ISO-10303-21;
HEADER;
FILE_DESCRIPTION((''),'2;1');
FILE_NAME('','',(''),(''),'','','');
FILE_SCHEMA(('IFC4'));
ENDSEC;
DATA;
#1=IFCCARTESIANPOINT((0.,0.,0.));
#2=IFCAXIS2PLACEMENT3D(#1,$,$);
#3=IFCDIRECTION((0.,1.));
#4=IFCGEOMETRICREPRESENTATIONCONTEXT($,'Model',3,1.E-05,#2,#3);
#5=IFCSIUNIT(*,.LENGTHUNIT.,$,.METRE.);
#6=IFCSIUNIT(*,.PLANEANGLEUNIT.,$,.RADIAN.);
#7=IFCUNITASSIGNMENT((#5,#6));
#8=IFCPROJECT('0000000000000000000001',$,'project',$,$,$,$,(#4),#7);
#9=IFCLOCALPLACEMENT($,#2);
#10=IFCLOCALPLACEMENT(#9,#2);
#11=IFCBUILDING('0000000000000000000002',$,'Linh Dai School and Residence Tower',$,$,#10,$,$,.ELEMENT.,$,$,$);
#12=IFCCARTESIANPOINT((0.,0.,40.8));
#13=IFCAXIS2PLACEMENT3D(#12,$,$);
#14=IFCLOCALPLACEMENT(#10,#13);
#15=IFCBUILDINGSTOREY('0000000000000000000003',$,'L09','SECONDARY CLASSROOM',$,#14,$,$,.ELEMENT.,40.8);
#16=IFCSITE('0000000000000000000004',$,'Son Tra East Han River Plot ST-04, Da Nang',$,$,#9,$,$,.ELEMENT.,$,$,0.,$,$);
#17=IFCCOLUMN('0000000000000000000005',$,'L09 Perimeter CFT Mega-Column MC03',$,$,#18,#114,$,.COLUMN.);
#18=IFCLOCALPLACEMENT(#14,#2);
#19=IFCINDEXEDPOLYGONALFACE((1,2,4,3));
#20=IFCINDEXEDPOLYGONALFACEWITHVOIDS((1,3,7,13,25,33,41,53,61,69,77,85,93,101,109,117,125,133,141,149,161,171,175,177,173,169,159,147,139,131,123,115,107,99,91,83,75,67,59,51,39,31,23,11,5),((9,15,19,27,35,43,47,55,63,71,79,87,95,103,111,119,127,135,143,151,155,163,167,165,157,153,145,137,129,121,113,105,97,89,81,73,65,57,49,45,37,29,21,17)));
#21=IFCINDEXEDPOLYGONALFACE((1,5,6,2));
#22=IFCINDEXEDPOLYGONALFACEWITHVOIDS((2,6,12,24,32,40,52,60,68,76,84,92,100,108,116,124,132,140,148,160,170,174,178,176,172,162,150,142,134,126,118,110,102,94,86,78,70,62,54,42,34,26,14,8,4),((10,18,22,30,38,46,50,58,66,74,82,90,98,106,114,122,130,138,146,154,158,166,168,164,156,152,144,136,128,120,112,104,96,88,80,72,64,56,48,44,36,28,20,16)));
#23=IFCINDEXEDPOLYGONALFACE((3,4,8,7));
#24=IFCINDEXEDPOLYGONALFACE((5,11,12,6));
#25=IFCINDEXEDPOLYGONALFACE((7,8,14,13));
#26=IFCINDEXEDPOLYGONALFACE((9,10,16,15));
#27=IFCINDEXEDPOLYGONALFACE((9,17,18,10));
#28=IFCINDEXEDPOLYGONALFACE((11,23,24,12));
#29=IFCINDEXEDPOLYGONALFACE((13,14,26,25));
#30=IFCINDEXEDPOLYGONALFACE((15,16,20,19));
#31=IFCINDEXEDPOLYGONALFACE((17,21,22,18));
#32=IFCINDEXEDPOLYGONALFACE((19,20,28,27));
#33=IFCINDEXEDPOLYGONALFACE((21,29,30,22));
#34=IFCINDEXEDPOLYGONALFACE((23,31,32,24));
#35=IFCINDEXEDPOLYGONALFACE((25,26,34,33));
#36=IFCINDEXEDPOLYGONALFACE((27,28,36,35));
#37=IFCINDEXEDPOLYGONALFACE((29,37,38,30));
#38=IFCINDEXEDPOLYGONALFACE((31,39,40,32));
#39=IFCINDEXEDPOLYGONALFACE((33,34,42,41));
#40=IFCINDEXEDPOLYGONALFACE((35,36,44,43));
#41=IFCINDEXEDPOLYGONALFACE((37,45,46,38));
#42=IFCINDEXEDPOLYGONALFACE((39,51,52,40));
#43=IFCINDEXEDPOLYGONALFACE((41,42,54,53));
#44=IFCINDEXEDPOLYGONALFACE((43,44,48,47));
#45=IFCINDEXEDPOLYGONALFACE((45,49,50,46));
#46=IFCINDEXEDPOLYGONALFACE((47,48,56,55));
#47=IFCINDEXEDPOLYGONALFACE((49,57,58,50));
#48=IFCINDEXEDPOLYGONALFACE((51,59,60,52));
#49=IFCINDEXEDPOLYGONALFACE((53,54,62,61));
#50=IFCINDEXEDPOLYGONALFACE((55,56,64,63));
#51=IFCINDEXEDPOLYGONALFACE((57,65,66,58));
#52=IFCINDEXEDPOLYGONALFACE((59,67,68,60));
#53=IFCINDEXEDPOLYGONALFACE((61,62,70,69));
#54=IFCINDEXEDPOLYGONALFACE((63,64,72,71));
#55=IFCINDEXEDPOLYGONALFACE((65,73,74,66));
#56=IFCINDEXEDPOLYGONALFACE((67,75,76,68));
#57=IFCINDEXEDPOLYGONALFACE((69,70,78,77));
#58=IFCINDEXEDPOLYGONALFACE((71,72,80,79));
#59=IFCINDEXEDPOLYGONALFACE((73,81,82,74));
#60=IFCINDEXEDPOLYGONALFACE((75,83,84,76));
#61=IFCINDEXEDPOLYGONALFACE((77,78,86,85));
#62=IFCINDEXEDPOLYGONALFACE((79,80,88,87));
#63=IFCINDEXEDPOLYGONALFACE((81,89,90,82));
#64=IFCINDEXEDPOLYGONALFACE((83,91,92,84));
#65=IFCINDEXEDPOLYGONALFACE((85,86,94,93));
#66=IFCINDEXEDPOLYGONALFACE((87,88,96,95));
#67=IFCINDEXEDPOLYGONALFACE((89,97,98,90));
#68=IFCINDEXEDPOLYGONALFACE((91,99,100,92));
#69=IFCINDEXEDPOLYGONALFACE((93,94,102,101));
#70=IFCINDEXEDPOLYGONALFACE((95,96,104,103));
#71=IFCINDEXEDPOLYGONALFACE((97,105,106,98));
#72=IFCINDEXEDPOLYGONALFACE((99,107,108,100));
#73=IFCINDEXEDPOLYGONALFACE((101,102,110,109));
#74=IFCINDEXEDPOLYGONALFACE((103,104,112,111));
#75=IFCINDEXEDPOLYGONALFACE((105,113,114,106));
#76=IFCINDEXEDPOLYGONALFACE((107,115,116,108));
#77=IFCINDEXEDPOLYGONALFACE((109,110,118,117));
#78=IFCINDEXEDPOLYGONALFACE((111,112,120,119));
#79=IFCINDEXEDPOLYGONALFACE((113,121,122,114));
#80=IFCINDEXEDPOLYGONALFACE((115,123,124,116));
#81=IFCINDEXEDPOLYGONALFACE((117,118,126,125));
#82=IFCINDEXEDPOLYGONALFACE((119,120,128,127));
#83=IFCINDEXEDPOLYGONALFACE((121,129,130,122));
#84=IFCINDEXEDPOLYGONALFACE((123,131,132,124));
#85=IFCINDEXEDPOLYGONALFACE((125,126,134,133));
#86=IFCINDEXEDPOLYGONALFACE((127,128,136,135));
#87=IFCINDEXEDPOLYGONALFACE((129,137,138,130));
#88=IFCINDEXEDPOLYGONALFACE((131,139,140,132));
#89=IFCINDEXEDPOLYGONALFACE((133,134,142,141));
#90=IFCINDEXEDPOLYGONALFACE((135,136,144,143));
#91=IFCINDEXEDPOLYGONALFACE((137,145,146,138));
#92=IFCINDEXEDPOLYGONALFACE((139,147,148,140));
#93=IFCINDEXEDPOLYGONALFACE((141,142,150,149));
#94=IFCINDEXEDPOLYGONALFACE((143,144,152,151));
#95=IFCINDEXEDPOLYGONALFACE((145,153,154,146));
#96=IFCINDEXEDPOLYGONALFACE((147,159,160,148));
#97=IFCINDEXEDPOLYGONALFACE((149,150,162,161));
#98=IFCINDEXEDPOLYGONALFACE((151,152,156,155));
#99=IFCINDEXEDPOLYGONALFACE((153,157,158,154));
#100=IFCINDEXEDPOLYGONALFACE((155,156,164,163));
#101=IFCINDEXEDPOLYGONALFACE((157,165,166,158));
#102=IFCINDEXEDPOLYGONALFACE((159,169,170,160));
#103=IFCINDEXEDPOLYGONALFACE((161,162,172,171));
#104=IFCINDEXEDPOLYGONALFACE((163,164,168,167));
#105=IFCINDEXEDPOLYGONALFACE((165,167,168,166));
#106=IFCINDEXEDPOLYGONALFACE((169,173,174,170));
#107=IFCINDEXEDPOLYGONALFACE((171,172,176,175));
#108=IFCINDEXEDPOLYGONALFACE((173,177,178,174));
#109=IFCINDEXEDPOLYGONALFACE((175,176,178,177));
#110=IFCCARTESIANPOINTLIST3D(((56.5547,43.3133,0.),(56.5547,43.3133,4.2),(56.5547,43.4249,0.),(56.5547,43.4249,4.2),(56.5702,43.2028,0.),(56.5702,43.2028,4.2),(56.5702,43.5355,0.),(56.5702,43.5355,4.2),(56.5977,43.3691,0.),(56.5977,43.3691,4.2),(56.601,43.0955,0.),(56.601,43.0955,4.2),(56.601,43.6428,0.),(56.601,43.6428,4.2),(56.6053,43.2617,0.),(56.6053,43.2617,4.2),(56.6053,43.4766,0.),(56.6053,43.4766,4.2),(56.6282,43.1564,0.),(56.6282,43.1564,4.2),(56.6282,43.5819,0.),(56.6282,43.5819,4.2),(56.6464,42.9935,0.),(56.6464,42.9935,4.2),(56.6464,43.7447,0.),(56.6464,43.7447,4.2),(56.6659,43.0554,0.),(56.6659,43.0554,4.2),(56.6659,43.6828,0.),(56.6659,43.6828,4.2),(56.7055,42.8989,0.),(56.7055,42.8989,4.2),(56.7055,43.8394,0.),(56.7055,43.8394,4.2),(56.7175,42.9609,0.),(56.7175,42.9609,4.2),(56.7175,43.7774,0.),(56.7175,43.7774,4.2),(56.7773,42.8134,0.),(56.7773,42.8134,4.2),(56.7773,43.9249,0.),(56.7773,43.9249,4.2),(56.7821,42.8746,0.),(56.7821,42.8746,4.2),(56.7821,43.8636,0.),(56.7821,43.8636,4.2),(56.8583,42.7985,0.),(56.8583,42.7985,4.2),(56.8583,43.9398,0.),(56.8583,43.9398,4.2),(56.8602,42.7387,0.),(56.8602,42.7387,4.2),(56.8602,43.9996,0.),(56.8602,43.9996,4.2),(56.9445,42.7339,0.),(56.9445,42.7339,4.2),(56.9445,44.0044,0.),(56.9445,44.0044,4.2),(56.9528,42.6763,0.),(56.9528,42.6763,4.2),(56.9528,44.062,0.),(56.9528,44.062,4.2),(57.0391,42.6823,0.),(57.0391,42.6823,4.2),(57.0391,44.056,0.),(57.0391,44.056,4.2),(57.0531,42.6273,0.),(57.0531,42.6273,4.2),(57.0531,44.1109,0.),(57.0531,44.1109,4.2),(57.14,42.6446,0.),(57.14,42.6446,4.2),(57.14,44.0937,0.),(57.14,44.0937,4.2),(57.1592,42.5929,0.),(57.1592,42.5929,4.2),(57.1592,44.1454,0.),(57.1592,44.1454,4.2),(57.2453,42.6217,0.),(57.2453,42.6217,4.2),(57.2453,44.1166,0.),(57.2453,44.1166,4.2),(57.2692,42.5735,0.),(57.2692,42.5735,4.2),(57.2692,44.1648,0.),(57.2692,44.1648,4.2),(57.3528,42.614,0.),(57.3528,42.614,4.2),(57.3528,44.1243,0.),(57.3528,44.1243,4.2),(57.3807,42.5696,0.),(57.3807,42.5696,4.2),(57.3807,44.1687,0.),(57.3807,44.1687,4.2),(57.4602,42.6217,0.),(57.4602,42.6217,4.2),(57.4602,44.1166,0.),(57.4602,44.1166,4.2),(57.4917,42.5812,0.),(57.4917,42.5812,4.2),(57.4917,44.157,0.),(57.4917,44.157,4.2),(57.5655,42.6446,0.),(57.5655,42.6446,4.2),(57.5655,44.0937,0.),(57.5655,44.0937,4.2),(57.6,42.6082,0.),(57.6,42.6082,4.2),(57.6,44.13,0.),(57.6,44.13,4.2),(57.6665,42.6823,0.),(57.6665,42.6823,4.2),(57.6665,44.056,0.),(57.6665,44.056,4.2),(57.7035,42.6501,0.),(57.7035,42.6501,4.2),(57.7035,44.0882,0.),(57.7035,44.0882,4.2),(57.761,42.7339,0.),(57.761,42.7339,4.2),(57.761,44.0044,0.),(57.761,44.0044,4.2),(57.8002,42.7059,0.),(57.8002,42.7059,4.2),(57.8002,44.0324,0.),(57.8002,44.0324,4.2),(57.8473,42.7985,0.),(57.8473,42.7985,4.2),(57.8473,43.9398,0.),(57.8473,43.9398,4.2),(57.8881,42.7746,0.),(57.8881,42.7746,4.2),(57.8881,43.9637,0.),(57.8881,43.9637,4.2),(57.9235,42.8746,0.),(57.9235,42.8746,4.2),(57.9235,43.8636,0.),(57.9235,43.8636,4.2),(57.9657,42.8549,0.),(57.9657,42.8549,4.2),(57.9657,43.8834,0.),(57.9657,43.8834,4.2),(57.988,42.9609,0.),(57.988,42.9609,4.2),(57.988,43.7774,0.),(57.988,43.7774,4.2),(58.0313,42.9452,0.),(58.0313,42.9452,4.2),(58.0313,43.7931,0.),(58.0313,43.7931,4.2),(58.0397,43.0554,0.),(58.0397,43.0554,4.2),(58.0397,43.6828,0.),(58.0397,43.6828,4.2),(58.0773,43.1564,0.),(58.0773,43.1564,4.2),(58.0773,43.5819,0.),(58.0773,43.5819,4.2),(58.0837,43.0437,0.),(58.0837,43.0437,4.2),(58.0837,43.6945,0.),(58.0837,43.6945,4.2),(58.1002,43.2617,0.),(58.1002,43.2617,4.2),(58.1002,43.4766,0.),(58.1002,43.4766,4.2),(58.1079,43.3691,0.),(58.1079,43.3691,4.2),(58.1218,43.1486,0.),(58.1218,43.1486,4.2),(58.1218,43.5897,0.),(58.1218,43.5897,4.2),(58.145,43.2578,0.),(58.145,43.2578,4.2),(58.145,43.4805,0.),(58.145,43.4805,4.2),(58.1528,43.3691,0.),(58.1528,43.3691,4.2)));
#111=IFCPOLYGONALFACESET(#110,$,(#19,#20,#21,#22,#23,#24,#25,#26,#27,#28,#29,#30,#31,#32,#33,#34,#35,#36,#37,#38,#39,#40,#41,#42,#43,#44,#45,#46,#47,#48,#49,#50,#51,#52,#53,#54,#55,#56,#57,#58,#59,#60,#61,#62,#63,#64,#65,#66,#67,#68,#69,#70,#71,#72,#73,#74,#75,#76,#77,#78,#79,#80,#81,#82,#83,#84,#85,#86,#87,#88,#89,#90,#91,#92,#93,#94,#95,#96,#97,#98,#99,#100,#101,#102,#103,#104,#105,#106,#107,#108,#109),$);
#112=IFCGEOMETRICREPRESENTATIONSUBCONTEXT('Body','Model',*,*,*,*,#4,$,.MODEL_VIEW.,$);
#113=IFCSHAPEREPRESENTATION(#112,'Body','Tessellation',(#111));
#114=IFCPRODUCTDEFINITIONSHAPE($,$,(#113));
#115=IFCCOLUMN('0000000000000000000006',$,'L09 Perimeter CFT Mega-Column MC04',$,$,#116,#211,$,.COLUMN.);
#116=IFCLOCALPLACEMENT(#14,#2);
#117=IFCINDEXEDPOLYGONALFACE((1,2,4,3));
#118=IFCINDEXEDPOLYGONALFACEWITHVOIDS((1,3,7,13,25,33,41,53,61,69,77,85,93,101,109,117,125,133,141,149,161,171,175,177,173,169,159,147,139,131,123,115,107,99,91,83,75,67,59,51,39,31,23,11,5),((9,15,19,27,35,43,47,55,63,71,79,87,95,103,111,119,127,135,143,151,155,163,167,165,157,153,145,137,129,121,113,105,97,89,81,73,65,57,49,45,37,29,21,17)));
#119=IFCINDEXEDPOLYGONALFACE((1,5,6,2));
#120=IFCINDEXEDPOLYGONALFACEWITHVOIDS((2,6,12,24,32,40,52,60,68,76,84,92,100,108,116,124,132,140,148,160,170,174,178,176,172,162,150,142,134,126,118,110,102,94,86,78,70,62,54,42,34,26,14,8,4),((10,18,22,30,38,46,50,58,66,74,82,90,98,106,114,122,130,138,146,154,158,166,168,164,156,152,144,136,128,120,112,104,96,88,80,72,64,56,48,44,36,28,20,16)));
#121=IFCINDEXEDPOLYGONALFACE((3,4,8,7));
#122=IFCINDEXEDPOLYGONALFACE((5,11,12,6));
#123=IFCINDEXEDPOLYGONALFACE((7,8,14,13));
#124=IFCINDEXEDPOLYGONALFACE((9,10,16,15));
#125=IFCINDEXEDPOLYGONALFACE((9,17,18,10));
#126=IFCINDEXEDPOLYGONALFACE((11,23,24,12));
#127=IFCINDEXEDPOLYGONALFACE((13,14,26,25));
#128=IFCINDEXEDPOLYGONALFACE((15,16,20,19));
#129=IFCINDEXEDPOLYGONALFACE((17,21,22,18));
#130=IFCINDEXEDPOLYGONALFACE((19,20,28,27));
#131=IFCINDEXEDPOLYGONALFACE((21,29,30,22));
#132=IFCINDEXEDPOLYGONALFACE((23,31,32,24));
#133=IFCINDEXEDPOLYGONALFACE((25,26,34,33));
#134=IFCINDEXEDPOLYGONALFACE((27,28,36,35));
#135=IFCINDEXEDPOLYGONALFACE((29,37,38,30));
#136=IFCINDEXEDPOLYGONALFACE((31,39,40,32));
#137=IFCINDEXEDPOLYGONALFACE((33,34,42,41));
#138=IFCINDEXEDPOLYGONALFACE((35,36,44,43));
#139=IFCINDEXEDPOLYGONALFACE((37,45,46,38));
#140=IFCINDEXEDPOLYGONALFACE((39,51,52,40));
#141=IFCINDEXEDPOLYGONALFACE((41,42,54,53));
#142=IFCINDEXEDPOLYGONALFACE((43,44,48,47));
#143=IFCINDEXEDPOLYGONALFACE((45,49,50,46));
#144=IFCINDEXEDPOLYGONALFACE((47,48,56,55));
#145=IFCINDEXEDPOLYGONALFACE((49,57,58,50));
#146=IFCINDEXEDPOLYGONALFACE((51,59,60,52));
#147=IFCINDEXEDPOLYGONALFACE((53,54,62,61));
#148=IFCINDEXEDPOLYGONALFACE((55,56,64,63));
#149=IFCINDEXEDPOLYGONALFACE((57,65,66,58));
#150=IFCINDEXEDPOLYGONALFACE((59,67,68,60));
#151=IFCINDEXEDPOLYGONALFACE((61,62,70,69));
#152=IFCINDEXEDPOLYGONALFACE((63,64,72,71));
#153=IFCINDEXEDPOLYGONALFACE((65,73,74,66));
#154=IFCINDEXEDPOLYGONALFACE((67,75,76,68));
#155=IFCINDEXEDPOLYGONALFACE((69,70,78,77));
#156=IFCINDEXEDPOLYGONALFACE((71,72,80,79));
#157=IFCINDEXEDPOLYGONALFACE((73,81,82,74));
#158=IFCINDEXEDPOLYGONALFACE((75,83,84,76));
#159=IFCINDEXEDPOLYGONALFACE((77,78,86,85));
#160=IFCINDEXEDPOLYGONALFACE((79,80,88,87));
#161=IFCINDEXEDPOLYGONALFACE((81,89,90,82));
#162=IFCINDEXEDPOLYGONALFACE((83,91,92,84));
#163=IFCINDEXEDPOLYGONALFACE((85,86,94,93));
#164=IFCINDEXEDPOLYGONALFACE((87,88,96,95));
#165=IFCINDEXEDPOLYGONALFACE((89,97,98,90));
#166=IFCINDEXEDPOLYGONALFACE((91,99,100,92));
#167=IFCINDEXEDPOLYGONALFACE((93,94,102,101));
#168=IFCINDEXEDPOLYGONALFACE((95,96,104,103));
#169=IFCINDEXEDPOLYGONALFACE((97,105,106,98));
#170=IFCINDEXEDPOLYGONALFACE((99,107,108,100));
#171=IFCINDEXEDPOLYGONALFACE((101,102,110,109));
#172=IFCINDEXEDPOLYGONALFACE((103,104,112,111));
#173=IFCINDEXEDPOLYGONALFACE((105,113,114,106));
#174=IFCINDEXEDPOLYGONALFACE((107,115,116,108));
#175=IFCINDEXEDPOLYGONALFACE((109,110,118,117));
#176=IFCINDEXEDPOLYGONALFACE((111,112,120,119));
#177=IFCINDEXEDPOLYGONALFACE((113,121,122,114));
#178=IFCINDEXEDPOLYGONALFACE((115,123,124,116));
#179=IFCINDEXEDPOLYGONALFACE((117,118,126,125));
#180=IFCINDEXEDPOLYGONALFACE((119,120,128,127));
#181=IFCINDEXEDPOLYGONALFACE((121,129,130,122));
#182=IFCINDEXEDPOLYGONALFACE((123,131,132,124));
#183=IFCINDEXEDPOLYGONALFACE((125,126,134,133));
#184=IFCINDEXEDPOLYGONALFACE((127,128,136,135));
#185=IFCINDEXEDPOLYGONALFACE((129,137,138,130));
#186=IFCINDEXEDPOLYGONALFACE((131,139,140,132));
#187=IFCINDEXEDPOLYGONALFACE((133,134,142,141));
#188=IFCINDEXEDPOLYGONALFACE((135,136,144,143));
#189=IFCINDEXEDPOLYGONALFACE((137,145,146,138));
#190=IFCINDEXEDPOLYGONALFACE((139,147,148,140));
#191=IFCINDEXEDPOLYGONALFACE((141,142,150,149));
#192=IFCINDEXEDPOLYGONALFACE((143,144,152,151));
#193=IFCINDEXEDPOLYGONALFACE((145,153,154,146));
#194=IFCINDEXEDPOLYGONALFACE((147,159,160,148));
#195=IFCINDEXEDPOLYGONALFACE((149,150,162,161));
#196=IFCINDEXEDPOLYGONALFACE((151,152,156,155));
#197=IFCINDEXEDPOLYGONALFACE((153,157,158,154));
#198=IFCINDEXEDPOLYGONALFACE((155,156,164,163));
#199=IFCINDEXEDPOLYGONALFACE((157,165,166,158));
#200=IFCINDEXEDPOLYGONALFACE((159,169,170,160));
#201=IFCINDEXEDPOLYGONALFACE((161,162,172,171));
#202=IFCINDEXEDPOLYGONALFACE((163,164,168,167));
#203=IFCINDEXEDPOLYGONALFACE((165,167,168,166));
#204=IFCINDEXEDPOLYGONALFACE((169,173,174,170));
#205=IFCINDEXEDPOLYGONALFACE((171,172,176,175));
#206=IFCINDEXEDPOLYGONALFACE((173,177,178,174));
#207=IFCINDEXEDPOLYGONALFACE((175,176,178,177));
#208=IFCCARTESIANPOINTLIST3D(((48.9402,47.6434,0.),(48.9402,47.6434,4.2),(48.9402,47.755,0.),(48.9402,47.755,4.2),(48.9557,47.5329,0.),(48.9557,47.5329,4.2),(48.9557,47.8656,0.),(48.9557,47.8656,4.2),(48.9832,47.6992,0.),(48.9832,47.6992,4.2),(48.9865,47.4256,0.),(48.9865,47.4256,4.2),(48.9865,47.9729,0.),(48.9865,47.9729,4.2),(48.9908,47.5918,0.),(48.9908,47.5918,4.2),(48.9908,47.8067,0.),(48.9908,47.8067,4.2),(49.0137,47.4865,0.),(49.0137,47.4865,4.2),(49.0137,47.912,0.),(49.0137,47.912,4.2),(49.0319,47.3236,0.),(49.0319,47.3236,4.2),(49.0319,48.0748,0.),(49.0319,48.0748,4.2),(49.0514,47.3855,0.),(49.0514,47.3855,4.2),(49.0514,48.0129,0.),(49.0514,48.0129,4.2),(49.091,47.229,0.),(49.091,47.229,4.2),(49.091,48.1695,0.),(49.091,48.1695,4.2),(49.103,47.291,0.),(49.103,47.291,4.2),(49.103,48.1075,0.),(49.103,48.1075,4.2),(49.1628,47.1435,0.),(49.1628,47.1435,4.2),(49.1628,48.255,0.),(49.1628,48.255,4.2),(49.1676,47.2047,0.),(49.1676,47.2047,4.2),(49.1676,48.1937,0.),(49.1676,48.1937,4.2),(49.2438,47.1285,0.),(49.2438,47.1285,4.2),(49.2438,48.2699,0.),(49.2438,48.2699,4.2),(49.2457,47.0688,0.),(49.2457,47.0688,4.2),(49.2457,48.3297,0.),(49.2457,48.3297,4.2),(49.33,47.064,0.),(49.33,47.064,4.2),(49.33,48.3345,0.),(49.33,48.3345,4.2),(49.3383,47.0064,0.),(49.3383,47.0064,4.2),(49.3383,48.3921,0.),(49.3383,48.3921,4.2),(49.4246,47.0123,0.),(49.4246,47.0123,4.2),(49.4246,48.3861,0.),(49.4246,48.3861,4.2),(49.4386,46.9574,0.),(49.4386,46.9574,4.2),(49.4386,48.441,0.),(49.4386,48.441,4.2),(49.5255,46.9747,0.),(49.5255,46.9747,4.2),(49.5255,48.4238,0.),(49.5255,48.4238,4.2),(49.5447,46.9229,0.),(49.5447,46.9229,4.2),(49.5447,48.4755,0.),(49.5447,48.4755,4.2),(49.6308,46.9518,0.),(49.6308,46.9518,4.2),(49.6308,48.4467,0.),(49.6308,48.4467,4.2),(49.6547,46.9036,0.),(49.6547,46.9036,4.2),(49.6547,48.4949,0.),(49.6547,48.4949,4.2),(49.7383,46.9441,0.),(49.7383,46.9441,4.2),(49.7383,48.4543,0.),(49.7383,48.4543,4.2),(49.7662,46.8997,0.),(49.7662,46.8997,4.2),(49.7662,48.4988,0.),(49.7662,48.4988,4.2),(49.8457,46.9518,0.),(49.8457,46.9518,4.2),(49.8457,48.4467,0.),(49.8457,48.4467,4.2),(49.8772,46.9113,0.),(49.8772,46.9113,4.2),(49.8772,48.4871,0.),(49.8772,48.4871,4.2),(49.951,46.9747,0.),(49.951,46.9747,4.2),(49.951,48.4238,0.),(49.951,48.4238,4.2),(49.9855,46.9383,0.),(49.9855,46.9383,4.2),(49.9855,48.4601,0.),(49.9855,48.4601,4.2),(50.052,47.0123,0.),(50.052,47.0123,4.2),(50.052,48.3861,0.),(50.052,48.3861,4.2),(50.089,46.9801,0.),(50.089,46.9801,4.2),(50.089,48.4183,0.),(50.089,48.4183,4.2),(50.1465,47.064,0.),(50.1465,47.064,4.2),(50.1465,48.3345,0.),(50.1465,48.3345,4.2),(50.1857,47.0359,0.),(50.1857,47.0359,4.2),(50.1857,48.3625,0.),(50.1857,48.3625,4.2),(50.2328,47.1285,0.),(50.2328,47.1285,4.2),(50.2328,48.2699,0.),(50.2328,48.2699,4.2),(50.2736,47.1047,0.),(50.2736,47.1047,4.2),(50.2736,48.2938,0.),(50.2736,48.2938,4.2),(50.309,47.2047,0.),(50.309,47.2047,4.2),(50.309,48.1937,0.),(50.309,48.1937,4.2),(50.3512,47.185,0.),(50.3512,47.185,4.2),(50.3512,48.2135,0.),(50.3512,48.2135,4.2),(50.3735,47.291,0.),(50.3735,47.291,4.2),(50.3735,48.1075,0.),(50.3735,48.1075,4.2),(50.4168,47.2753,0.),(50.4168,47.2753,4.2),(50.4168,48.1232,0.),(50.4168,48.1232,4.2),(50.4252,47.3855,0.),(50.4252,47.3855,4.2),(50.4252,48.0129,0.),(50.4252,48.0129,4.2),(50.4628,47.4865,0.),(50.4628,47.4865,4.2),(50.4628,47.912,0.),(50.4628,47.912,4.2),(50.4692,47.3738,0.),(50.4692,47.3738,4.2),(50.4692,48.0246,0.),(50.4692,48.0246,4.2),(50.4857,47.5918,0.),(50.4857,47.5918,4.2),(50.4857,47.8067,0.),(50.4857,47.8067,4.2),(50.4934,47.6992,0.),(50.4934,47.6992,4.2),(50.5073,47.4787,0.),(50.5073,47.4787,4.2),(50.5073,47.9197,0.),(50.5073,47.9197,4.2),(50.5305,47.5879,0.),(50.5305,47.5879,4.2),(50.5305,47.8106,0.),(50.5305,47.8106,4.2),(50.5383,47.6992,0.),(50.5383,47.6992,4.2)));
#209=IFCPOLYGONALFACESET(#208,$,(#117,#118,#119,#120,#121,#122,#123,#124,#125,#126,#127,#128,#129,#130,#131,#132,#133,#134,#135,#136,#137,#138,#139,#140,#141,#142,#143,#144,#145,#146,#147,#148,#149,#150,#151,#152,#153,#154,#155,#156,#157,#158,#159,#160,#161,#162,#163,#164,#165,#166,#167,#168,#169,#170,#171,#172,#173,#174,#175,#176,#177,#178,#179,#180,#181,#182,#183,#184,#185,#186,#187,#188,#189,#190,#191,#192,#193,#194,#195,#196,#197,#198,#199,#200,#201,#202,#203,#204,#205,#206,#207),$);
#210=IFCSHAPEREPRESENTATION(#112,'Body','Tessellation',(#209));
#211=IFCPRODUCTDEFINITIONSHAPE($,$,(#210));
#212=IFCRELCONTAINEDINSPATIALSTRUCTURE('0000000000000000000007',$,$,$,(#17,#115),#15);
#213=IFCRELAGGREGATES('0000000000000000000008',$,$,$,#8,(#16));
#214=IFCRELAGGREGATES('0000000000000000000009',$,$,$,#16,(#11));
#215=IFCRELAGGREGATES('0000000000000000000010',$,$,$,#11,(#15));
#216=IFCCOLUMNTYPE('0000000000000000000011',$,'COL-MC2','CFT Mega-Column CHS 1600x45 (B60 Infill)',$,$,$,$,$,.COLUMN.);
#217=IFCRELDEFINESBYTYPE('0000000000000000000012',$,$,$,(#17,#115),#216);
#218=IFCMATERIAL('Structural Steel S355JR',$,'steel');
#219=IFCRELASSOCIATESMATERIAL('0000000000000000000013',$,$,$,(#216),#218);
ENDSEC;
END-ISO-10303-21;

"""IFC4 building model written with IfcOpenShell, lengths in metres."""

from ifc_helpers import new_model, si_unit, direction, frame, origin, origin_2d, place, context, subcontext, project, spatial, hollow_circle, extrude, material, material_profile, profile_set, type_object, element, save


model = new_model("IFC4")

# Units and contexts
model_context = context("Model", 3, precision=1e-05, world=origin(), true_north=direction((0.0, 1.0)))
body_context = subcontext(model_context, "Body", "Model", "MODEL_VIEW")
ifc_project = project(units=[si_unit("LENGTHUNIT", "METRE"), si_unit("PLANEANGLEUNIT", "RADIAN")], contexts=[model_context])

# Site, building, storey
site_placement = place(None, origin())
site = spatial("IfcSite", under=ifc_project, at=site_placement, Name="Son Tra East Han River Plot ST-04, Da Nang", CompositionType="ELEMENT", RefElevation=0.0)
building_placement = place(site_placement, origin())
building = spatial("IfcBuilding", under=site, at=building_placement, Name="Linh Dai School and Residence Tower", CompositionType="ELEMENT")
storey_placement = place(building_placement, frame((0.0, 0.0, 40.8)))
storey = spatial("IfcBuildingStorey", under=building, at=storey_placement, Name="L09", Description="SECONDARY CLASSROOM", CompositionType="ELEMENT", Elevation=40.8)

# Columns
ifc_material_1 = material(Name="Structural Steel S355JR", Category="steel")
ifc_material_profile_1 = material_profile(ifc_material_1, hollow_circle(Radius=0.8, WallThickness=0.0449, at=origin_2d()), Name="CHS 1600x45")
ifc_profile_set_1 = profile_set([ifc_material_profile_1], Name="Structural Steel S355JR")
column_type_1 = type_object("IfcColumnType", Name="COL-MC2", Description="CFT Mega-Column CHS 1600x45 (B60 Infill)", PredefinedType="COLUMN", material=ifc_profile_set_1)
for number, where, z_axis, x_axis, name in (
    (1, (57.3528, 43.3691, 0.0), (0.0, 0.0, 1.0), (1.0, 0.0, 0.0), "L09 Perimeter CFT Mega-Column MC03"),
    (2, (49.7383, 47.6992, 0.0), (0.0, 0.0, 1.0), (1.0, 0.0, 0.0), "L09 Perimeter CFT Mega-Column MC04"),
):
    element("IfcColumn", number, at=place(storey_placement, frame(where, z_axis=z_axis, x_axis=x_axis)), inside=storey, type_object=column_type_1, Name=name, PredefinedType="COLUMN", context=body_context, shape_type="SweptSolid", body=[
        extrude(hollow_circle(Radius=0.8, WallThickness=0.0449, at=origin_2d()), origin(), (0.0, 0.0, 1.0), 4.2),
    ])

save(model, "model.ifc")
